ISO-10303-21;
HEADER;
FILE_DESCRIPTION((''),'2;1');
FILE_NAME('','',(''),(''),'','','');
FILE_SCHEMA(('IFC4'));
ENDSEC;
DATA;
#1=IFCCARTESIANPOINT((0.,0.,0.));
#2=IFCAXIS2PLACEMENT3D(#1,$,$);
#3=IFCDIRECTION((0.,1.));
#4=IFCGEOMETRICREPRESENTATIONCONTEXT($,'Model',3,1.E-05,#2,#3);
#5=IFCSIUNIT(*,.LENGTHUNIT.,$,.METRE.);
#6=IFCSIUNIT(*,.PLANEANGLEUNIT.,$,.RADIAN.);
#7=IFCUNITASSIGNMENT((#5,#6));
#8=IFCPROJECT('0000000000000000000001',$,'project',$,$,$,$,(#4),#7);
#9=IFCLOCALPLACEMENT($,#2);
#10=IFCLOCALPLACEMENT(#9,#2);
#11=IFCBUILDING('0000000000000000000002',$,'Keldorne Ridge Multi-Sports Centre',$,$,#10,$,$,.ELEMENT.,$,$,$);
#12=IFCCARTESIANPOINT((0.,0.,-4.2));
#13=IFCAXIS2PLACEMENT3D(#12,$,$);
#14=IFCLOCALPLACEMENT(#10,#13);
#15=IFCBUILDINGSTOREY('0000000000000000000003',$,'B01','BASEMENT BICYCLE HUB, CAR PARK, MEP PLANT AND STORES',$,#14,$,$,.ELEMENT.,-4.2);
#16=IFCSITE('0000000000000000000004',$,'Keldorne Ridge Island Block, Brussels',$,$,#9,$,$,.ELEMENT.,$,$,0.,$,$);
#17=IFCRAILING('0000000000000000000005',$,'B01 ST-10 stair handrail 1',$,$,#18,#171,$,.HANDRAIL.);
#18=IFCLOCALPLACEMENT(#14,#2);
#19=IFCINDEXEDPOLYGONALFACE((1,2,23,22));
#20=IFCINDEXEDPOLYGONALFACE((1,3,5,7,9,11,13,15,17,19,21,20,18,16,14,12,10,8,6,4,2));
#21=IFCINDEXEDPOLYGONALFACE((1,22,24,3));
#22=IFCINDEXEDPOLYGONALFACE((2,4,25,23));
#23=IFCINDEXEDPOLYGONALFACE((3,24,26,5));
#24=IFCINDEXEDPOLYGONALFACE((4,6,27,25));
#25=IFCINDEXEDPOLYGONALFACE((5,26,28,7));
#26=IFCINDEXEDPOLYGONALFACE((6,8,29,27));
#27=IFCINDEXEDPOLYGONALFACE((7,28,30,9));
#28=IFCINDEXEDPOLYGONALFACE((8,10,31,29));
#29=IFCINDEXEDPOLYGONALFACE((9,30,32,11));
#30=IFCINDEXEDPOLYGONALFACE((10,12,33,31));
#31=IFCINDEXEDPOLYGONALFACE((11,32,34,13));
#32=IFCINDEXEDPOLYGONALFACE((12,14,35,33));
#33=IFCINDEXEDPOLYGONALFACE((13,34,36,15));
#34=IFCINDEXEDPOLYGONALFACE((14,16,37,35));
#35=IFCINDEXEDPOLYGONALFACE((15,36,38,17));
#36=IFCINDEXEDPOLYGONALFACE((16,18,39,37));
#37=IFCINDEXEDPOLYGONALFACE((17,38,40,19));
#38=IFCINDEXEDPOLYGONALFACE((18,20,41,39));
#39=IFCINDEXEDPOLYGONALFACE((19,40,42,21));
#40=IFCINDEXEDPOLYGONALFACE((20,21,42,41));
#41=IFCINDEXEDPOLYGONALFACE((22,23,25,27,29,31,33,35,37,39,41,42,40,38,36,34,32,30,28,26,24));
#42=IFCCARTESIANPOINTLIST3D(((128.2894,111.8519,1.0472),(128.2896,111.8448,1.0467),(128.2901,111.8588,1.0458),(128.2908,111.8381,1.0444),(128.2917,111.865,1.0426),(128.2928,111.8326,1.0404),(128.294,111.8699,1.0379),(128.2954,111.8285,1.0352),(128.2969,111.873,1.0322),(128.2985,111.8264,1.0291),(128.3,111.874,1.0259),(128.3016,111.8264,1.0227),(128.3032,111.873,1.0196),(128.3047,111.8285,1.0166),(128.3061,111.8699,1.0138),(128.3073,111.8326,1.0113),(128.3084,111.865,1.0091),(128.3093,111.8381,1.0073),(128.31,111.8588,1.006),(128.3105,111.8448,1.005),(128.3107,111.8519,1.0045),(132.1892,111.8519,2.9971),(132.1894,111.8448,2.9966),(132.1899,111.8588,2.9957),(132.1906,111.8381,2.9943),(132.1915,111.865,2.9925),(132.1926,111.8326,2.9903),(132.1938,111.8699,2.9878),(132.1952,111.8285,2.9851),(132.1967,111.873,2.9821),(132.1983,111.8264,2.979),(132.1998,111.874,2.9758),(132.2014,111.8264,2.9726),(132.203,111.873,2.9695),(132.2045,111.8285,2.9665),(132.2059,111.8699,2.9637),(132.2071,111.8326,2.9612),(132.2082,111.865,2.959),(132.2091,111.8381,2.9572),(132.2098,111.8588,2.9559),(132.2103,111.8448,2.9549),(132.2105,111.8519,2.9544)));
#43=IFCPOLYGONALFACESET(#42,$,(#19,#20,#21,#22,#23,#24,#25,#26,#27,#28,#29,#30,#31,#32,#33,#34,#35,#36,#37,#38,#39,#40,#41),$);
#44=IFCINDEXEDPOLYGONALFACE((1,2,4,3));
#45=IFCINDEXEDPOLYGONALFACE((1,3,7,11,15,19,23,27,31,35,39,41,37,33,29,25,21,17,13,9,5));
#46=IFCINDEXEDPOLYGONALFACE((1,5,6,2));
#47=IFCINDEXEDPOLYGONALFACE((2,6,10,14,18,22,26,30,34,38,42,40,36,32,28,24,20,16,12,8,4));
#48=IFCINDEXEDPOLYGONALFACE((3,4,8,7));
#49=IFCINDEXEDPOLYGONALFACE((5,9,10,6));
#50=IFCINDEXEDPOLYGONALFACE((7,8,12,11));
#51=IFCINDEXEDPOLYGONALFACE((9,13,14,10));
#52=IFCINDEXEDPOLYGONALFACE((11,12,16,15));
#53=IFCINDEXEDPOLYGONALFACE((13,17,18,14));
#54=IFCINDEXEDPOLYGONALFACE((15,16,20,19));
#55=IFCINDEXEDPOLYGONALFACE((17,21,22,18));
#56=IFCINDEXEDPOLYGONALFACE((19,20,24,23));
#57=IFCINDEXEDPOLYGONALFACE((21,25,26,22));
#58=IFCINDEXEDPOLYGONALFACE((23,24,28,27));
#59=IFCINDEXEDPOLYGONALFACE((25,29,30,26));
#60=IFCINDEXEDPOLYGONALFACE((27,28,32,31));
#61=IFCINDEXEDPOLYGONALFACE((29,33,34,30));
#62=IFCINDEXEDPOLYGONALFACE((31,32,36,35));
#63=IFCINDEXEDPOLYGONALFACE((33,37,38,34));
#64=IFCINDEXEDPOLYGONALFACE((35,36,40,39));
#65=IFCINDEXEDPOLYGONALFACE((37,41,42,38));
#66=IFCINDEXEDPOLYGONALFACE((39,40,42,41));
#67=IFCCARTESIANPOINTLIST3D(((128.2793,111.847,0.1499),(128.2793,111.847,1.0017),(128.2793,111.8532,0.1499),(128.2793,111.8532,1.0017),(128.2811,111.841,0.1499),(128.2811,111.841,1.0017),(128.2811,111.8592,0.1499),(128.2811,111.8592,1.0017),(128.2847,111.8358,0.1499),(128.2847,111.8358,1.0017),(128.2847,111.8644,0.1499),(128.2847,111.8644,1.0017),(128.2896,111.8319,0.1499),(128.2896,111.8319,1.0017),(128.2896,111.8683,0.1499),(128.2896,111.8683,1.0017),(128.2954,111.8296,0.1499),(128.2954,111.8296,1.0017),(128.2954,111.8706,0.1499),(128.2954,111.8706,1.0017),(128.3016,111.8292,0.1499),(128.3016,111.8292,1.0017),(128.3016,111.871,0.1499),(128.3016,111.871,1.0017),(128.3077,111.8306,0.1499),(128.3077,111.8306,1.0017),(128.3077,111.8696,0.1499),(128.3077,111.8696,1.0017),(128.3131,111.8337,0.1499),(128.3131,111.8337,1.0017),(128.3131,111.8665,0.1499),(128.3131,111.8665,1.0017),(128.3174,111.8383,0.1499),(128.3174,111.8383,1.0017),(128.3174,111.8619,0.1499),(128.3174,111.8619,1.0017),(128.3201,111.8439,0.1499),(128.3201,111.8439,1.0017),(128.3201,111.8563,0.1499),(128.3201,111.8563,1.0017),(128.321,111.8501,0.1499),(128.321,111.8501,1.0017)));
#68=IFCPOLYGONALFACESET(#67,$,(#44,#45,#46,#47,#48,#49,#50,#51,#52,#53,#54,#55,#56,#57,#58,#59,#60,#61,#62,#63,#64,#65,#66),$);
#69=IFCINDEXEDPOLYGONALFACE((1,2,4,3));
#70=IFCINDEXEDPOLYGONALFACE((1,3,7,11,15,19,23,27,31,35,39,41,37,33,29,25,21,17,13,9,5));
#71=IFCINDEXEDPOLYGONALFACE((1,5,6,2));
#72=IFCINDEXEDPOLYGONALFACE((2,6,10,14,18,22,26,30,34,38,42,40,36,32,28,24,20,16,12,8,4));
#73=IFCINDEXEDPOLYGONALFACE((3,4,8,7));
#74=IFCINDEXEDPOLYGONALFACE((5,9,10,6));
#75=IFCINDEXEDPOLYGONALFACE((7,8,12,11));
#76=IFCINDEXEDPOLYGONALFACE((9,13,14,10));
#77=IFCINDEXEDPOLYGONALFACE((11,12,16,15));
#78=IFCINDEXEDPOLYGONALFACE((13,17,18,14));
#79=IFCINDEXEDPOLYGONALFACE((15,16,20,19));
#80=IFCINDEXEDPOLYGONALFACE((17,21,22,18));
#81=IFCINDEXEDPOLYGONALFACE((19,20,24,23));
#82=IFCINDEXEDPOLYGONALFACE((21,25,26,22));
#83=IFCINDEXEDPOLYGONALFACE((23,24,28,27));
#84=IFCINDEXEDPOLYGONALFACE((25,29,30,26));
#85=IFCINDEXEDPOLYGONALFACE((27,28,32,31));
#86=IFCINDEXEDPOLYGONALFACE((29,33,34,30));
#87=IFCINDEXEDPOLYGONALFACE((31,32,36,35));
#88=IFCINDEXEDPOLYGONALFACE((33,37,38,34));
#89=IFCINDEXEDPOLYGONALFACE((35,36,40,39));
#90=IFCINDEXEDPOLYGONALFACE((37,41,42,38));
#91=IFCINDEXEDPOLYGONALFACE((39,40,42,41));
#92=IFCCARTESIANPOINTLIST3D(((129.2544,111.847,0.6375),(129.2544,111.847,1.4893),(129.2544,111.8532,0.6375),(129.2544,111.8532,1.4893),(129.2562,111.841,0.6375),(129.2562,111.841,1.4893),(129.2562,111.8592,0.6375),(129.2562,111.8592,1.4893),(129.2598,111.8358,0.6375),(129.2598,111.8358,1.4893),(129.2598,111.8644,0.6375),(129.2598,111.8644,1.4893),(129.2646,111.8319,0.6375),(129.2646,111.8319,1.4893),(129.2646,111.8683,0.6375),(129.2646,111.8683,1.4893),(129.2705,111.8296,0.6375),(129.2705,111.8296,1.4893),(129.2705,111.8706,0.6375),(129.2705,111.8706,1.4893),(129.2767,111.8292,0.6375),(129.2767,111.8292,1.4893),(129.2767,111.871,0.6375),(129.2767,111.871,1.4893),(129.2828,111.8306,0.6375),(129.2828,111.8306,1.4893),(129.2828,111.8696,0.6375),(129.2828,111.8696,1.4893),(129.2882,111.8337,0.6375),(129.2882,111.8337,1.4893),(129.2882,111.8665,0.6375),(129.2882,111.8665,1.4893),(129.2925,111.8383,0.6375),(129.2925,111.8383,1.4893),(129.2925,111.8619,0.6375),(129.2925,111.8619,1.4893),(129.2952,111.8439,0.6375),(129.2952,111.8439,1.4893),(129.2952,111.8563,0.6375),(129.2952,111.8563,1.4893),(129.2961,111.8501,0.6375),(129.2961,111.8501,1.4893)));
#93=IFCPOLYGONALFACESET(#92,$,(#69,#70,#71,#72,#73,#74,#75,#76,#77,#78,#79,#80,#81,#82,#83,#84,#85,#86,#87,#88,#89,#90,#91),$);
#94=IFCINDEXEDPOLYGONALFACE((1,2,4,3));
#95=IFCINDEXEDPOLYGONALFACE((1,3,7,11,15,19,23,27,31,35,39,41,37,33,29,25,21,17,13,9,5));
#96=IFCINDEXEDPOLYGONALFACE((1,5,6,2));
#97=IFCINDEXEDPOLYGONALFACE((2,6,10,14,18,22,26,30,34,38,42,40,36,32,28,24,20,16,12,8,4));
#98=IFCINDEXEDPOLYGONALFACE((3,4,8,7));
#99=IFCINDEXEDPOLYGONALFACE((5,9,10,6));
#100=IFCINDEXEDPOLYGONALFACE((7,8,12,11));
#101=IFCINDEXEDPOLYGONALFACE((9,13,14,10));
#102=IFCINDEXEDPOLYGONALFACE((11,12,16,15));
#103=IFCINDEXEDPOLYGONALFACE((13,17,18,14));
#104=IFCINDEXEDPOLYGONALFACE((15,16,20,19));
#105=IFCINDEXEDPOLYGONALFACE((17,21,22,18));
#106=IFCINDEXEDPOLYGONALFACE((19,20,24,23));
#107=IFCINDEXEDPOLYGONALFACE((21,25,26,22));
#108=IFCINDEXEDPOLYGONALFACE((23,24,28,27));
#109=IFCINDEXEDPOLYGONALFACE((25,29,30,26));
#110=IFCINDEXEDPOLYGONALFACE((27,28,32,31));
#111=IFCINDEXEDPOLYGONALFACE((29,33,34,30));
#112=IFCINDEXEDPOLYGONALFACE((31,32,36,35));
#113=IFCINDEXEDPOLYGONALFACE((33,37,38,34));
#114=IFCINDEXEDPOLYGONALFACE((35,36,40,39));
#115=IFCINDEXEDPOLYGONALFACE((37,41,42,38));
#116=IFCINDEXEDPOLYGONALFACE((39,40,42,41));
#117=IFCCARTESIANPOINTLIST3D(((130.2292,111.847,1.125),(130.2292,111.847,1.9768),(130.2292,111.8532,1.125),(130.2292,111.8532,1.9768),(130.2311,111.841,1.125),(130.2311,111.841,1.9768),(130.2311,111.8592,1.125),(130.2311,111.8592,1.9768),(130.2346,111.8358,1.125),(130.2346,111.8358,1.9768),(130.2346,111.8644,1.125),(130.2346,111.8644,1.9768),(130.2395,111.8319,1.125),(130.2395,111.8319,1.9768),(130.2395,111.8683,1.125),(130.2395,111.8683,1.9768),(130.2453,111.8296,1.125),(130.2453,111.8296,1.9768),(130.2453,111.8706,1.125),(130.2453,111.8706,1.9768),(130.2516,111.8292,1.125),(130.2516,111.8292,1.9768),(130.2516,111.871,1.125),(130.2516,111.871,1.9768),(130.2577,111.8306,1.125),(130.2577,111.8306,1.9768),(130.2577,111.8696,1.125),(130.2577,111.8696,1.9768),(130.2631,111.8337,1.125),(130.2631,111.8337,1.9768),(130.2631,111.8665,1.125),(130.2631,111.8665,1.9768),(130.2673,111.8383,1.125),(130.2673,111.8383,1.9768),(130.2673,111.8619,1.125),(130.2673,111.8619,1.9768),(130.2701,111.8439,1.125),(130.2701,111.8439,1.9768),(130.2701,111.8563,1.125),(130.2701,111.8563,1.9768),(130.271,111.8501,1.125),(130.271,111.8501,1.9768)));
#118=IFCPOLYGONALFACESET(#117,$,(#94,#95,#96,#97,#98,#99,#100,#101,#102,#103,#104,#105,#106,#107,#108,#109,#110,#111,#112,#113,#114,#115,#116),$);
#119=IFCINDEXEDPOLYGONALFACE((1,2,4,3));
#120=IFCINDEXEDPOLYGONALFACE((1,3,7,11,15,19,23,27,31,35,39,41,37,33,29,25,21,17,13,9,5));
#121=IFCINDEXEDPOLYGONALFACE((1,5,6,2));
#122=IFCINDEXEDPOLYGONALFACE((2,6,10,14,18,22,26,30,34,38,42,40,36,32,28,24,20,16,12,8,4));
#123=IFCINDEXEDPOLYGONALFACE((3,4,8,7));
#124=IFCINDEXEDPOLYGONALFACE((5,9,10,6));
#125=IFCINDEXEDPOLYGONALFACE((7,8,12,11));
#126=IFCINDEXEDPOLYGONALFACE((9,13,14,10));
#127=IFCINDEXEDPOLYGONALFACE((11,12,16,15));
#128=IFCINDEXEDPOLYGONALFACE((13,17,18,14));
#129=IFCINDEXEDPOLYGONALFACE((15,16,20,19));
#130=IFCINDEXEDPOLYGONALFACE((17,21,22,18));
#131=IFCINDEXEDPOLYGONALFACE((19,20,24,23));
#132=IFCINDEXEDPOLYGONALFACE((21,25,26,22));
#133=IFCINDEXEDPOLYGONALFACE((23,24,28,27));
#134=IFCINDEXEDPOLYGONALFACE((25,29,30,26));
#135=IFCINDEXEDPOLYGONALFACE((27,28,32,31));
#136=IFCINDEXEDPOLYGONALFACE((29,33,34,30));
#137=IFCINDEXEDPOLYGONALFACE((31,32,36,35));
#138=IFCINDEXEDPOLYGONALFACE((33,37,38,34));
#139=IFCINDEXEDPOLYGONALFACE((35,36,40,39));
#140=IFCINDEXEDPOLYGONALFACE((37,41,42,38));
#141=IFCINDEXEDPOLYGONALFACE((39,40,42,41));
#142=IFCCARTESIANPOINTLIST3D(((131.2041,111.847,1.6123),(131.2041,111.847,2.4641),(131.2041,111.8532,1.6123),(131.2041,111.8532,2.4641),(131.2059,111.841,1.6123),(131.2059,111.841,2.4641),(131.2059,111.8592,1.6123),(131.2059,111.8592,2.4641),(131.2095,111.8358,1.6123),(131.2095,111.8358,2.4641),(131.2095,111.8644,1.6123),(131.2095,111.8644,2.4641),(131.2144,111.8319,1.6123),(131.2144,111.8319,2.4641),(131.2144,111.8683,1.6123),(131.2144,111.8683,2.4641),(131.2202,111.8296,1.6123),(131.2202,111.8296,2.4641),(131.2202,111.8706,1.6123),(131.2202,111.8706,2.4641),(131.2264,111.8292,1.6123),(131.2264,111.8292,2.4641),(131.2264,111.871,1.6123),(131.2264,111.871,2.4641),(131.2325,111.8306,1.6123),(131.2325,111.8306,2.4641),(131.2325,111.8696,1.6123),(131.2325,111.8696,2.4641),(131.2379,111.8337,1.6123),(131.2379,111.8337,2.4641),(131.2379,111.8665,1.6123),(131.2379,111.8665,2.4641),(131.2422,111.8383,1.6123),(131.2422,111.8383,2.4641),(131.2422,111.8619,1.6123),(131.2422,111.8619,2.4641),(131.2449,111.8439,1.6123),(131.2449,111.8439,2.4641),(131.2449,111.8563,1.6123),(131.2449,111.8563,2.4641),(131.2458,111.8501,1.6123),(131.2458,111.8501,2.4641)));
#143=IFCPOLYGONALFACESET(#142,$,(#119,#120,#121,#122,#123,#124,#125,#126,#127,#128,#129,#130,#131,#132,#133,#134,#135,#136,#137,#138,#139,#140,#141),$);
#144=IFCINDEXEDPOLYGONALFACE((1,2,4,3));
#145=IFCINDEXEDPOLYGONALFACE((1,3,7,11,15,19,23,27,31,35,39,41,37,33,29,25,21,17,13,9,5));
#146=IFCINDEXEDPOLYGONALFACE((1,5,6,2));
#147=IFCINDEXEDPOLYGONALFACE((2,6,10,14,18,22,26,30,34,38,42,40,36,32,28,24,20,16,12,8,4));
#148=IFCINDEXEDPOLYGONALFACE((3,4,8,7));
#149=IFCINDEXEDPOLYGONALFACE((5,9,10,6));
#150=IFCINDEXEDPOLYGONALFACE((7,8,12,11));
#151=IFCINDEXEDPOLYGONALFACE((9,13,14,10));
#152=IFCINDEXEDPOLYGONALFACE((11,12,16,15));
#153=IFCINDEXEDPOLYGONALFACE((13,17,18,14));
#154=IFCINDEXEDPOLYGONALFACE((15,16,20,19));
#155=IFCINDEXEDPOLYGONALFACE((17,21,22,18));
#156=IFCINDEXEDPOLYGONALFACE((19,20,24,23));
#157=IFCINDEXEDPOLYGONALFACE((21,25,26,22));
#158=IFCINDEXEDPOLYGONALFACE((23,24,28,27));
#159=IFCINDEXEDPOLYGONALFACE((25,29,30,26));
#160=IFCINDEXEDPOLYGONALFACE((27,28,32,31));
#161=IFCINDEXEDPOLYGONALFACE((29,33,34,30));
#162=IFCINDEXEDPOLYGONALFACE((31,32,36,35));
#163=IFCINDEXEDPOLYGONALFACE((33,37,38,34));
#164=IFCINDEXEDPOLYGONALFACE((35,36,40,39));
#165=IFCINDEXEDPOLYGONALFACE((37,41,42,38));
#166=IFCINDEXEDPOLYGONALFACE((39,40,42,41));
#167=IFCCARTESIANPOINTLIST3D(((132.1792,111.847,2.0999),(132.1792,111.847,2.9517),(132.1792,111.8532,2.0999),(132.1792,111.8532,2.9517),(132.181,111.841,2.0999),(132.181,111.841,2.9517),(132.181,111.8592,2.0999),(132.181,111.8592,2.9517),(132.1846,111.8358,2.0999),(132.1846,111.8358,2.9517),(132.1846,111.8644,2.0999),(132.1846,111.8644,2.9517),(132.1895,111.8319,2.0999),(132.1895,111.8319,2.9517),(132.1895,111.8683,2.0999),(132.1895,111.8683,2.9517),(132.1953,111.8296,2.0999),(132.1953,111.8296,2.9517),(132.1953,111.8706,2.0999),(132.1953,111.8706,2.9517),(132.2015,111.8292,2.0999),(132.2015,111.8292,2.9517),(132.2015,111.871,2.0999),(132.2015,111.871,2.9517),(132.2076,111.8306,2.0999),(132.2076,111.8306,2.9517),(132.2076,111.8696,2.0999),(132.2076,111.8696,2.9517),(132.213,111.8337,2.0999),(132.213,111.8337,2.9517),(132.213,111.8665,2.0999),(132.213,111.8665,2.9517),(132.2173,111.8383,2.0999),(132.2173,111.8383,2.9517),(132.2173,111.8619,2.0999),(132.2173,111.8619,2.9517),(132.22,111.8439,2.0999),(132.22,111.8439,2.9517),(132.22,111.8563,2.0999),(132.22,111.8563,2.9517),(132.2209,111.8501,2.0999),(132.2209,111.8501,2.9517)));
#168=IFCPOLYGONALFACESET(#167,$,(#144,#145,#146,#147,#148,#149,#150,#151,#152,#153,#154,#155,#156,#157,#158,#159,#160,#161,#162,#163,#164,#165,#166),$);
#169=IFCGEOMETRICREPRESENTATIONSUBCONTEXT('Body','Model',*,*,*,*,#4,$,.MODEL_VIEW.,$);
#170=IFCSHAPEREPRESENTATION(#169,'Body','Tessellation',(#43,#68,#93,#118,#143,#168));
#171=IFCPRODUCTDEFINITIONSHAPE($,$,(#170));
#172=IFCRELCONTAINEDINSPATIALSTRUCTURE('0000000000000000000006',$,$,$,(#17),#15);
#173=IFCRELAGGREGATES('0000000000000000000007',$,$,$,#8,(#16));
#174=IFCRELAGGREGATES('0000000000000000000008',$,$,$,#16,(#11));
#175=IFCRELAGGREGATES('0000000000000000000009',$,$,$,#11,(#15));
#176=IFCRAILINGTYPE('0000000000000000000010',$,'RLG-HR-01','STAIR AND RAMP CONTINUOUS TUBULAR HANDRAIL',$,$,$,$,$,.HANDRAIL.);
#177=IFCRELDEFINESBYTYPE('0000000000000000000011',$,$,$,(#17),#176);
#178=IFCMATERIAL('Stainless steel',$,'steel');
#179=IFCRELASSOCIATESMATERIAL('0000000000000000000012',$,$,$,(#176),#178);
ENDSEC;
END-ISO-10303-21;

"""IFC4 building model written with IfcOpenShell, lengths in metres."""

from ifc_helpers import new_model, si_unit, direction, frame, origin, origin_2d, place, context, subcontext, project, spatial, circle, extrude, material, type_object, element, save


model = new_model("IFC4")

# Units and contexts
model_context = context("Model", 3, precision=1e-05, world=origin(), true_north=direction((0.0, 1.0)))
body_context = subcontext(model_context, "Body", "Model", "MODEL_VIEW")
ifc_project = project(units=[si_unit("LENGTHUNIT", "METRE"), si_unit("PLANEANGLEUNIT", "RADIAN")], contexts=[model_context])

# Site, building, storey
site_placement = place(None, origin())
site = spatial("IfcSite", under=ifc_project, at=site_placement, Name="Keldorne Ridge Island Block, Brussels", CompositionType="ELEMENT", RefElevation=0.0)
building_placement = place(site_placement, origin())
building = spatial("IfcBuilding", under=site, at=building_placement, Name="Keldorne Ridge Multi-Sports Centre", CompositionType="ELEMENT")
storey_placement = place(building_placement, frame((0.0, 0.0, -4.2)))
storey = spatial("IfcBuildingStorey", under=building, at=storey_placement, Name="B01", Description="BASEMENT BICYCLE HUB, CAR PARK, MEP PLANT AND STORES", CompositionType="ELEMENT", Elevation=-4.2)

# Railing
ifc_material_1 = material(Name="Stainless steel", Category="steel")
railing_type_1 = type_object("IfcRailingType", Name="RLG-HR-01", Description="STAIR AND RAMP CONTINUOUS TUBULAR HANDRAIL", PredefinedType="HANDRAIL", material=ifc_material_1)
railing_1_placement = place(storey_placement, frame((128.3, 111.8501, 0.1499)))
element("IfcRailing", 1, at=railing_1_placement, inside=storey, type_object=railing_type_1, Name="B01 ST-10 stair handrail 1", PredefinedType="HANDRAIL", context=body_context, shape_type="SweptSolid", body=[
    extrude(circle(Radius=0.0239, at=origin_2d()), frame((0.0, 0.0, 0.876), z_axis=(0.894427, 0.0, 0.447214), x_axis=(0.0, 1.0, 0.0)), (0.0, 0.0, 1.0), 4.3601),
    extrude(circle(Radius=0.021, at=origin_2d()), origin(), (0.0, 0.0, 1.0), 0.8518),
    extrude(circle(Radius=0.021, at=origin_2d()), frame((0.9751, 0.0, 0.4875)), (0.0, 0.0, 1.0), 0.8518),
    extrude(circle(Radius=0.021, at=origin_2d()), frame((1.95, 0.0, 0.9751)), (0.0, 0.0, 1.0), 0.8518),
    extrude(circle(Radius=0.021, at=origin_2d()), frame((2.9248, 0.0, 1.4624)), (0.0, 0.0, 1.0), 0.8518),
    extrude(circle(Radius=0.021, at=origin_2d()), frame((3.8999, 0.0, 1.95)), (0.0, 0.0, 1.0), 0.8518),
])

save(model, "model.ifc")
